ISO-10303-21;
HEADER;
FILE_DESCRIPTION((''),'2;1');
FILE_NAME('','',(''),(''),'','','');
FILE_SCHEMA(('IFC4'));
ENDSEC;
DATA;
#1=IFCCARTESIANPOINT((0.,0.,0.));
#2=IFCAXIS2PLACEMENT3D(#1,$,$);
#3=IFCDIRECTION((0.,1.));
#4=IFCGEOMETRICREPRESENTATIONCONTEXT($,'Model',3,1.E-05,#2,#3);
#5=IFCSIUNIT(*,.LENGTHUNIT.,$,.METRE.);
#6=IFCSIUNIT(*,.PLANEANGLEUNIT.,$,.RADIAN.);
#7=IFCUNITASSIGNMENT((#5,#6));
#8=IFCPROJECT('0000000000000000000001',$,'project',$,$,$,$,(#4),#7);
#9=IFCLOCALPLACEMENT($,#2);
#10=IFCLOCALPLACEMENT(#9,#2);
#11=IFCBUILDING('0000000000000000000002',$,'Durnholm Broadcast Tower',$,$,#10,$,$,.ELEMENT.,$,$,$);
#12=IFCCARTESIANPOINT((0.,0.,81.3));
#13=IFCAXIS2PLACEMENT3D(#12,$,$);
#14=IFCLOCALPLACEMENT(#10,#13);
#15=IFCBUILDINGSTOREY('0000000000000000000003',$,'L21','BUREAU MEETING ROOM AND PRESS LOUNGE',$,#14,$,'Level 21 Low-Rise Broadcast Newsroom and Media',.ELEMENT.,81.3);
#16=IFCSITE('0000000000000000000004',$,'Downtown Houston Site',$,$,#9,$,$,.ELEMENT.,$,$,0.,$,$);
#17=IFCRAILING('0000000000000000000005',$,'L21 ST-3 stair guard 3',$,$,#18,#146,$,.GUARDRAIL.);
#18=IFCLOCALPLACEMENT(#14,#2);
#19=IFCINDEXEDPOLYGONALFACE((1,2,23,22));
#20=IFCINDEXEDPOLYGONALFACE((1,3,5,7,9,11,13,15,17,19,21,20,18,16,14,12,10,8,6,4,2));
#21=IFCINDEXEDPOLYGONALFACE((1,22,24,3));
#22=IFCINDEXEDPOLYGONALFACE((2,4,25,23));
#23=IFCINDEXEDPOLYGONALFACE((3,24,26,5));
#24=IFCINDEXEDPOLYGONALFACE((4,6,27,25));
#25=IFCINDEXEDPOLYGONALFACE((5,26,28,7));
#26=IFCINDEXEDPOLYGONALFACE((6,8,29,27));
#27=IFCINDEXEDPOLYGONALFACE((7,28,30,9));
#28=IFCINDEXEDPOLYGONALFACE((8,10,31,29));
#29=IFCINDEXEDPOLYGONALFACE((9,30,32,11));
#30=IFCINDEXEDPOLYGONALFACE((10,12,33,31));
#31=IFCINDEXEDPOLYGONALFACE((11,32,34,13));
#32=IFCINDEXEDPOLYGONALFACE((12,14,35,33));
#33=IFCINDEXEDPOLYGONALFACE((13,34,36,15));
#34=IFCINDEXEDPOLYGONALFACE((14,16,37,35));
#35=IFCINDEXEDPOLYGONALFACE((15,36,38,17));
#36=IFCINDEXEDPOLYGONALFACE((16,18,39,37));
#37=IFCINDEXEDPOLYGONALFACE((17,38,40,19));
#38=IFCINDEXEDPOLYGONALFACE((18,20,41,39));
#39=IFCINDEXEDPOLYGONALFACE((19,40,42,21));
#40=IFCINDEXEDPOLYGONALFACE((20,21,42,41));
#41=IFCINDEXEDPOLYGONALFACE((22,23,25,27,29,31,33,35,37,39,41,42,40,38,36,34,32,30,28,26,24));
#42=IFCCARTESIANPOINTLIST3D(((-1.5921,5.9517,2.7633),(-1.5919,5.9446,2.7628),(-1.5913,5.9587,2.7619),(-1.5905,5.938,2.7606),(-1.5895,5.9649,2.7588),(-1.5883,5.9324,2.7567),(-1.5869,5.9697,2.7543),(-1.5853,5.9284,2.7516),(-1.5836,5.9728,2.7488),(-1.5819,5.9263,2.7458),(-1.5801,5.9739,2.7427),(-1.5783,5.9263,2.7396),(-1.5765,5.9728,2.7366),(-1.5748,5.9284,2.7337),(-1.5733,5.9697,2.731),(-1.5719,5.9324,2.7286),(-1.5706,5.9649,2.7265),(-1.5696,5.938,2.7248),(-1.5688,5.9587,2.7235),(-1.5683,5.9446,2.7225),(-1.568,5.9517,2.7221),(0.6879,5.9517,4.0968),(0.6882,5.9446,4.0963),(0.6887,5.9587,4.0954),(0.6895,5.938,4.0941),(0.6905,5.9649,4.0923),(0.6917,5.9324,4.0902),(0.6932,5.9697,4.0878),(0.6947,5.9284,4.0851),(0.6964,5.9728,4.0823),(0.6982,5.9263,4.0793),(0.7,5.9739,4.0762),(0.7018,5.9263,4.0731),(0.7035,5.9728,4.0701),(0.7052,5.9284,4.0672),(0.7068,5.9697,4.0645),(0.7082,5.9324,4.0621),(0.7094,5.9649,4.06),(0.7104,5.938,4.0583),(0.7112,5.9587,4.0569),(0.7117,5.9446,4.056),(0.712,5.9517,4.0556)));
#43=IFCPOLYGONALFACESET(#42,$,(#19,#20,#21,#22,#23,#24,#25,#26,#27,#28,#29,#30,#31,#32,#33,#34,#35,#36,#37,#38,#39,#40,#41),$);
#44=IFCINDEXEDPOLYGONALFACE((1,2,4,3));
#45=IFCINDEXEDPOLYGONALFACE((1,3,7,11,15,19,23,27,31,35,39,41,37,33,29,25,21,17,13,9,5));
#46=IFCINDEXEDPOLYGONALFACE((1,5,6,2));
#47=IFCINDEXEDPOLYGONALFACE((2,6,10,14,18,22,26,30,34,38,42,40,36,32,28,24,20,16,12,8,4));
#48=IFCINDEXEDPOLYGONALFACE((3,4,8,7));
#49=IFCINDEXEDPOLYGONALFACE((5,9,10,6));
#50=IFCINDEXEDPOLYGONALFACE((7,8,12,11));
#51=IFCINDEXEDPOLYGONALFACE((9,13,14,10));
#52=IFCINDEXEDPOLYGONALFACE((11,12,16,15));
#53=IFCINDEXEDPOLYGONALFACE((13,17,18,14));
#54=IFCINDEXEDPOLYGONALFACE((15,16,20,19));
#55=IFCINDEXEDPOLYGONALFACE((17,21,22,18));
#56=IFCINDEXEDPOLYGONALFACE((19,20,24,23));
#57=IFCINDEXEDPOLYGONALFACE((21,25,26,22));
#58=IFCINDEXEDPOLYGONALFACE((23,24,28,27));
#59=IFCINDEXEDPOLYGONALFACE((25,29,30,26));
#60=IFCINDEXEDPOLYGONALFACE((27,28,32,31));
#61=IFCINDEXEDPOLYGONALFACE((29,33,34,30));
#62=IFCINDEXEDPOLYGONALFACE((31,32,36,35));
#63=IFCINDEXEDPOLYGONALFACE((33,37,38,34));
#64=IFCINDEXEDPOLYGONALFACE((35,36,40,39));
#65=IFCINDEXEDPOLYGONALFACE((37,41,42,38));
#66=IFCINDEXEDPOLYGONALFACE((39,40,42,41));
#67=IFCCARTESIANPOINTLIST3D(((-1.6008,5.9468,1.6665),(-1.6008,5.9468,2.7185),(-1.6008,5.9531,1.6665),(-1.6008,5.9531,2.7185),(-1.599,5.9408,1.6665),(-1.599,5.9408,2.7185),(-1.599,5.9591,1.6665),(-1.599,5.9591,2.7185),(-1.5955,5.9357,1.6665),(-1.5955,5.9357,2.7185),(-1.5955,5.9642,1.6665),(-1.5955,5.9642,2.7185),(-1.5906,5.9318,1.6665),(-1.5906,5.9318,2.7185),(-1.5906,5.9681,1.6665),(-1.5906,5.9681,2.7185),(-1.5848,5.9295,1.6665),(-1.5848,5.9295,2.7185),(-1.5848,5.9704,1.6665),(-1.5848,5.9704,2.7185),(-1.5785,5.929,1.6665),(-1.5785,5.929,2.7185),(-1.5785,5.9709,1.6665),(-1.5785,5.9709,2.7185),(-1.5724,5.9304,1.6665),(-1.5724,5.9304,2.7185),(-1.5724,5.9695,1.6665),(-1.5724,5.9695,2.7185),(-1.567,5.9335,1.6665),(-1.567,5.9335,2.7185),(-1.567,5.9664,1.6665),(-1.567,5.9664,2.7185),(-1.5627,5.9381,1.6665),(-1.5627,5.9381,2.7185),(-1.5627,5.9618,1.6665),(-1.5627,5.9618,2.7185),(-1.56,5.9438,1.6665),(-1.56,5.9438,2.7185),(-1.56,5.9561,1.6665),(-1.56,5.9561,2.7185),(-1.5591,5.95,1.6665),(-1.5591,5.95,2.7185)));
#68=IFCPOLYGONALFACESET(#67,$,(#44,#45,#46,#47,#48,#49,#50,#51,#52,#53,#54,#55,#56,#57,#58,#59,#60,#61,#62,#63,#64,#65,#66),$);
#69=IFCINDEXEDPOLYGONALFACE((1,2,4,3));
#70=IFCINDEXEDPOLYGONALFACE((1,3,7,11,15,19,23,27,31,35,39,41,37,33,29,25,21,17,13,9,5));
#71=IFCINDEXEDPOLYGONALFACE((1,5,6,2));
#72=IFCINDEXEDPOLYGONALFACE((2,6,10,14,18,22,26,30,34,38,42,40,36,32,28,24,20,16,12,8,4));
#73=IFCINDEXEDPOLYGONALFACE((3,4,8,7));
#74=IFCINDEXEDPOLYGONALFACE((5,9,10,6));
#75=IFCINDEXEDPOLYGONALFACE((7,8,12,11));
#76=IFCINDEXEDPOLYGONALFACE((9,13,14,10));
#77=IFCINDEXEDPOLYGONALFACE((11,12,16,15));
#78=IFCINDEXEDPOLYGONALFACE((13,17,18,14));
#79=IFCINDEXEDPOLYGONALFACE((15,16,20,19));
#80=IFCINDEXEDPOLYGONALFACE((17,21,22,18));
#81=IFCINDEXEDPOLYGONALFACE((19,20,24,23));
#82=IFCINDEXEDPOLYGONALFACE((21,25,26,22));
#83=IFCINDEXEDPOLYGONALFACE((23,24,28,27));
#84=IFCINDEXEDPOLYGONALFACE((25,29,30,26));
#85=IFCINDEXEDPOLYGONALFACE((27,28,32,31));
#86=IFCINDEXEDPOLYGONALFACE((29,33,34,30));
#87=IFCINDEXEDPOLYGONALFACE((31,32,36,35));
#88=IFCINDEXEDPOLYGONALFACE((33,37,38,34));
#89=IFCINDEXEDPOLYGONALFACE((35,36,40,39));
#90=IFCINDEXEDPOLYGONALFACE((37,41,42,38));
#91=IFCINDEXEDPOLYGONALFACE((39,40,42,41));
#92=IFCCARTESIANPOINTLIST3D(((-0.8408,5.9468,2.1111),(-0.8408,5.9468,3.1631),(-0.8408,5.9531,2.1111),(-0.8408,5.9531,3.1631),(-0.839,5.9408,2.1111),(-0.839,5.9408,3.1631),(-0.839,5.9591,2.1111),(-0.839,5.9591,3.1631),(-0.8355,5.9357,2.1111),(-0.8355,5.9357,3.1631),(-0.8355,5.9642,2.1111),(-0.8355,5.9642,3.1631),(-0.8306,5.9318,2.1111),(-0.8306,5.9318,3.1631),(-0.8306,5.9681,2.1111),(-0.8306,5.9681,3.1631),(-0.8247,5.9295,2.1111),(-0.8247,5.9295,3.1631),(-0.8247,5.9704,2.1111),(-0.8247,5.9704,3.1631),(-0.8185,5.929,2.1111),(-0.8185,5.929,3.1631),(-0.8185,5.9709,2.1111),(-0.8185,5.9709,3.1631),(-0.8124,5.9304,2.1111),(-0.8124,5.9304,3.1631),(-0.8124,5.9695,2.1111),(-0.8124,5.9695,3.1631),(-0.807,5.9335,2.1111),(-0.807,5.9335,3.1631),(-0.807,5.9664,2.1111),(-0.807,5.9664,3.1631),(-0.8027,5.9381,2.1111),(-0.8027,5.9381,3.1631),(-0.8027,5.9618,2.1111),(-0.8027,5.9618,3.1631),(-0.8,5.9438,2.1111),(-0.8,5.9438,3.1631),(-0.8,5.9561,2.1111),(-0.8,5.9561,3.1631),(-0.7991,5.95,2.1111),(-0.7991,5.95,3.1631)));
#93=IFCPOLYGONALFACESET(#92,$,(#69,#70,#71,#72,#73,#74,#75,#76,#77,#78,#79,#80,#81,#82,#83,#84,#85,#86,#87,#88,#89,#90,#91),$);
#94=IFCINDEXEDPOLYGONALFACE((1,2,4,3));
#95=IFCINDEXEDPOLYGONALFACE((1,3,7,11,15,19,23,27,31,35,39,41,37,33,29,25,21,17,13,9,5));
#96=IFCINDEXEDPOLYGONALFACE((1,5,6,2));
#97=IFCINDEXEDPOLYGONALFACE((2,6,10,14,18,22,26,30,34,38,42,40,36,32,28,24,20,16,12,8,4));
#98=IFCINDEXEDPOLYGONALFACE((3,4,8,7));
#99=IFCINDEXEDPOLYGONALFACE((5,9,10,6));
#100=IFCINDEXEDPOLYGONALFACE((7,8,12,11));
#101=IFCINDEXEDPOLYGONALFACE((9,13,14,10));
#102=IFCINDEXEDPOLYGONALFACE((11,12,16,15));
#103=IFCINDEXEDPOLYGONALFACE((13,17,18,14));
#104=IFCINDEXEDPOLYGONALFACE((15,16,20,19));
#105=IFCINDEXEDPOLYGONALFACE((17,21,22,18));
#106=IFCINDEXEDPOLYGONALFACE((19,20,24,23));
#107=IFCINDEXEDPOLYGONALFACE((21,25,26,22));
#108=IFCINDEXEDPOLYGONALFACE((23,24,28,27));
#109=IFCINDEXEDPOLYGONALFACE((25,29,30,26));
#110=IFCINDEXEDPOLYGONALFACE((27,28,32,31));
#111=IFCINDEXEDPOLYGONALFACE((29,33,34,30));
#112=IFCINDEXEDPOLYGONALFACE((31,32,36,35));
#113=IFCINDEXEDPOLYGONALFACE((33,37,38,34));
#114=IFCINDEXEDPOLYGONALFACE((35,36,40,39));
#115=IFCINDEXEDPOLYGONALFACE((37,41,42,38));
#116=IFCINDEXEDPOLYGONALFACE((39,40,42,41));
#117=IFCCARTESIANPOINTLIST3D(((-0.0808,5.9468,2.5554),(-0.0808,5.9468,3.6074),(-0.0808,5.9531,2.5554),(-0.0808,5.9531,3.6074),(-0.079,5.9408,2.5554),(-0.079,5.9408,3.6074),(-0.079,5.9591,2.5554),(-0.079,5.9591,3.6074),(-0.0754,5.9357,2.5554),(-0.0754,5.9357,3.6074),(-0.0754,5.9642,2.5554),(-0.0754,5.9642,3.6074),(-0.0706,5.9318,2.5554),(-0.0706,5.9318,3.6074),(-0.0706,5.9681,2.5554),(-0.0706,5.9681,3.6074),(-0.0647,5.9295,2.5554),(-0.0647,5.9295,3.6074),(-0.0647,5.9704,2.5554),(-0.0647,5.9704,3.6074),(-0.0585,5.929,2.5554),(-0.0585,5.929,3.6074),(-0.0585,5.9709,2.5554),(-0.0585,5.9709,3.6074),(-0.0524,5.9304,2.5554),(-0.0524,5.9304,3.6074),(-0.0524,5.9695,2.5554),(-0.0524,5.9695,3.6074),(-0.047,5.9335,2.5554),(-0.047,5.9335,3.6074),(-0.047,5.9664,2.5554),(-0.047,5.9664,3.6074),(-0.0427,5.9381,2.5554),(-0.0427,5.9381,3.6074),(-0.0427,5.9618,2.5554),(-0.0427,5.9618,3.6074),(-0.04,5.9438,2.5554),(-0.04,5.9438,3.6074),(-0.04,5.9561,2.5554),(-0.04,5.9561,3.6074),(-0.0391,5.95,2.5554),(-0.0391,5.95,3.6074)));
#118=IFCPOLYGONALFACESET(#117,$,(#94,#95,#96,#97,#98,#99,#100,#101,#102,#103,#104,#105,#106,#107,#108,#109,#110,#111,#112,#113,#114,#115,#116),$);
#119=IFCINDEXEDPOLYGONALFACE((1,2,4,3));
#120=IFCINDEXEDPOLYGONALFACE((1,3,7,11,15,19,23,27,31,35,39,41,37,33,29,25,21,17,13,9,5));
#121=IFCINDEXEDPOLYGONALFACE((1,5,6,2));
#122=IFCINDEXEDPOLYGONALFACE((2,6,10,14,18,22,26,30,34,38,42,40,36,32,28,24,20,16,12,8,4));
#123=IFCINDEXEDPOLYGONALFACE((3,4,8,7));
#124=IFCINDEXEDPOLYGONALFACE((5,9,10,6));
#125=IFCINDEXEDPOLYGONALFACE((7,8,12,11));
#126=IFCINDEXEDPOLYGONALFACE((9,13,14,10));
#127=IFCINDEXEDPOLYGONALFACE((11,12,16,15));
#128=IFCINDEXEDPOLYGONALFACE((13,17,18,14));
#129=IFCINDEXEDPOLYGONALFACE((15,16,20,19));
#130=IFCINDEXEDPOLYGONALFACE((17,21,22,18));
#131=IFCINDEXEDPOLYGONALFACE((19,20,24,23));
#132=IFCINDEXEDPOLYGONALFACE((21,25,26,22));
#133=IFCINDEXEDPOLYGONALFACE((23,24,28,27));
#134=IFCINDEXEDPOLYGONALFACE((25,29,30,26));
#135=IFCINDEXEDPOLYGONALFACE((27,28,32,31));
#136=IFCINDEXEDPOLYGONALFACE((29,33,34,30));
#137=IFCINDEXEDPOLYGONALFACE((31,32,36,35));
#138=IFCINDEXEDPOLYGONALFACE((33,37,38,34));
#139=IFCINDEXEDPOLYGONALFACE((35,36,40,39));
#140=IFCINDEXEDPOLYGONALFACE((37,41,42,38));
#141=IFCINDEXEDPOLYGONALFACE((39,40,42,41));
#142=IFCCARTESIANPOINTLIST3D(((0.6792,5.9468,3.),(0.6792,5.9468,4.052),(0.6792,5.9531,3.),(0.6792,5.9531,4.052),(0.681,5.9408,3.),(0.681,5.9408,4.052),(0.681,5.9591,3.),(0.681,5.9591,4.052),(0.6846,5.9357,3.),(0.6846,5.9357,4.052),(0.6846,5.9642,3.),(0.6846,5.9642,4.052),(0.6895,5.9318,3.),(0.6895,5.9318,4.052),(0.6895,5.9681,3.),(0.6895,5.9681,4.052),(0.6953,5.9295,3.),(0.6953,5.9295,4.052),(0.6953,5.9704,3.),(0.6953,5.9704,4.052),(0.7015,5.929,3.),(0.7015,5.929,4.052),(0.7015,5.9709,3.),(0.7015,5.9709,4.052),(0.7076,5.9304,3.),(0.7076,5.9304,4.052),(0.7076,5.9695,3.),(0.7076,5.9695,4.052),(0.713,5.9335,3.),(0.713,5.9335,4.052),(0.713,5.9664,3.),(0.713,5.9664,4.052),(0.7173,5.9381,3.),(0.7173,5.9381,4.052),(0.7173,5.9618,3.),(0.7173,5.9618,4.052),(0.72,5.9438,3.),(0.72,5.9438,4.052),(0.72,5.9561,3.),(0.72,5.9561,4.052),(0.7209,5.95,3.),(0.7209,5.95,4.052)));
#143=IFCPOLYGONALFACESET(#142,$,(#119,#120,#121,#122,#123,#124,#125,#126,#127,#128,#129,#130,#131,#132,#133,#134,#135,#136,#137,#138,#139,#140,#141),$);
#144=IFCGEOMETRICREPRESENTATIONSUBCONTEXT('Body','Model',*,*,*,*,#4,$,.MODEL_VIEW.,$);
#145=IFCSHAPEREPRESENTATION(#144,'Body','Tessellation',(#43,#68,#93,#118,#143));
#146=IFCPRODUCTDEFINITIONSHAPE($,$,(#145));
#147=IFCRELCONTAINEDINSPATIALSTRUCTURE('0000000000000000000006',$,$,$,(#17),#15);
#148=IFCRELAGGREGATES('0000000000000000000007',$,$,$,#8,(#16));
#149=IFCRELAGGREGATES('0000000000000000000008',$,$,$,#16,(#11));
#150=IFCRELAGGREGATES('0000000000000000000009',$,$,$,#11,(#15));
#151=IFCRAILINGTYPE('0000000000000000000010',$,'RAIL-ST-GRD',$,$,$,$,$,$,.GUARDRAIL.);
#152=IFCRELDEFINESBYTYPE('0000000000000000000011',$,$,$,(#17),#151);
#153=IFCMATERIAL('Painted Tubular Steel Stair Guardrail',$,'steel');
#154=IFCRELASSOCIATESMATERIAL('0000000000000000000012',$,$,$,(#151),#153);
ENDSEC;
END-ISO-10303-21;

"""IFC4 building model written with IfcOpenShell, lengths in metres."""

from ifc_helpers import new_model, si_unit, direction, frame, origin, origin_2d, place, context, subcontext, project, spatial, circle, extrude, material, type_object, element, save


model = new_model("IFC4")

# Units and contexts
model_context = context("Model", 3, precision=1e-05, world=origin(), true_north=direction((0.0, 1.0)))
body_context = subcontext(model_context, "Body", "Model", "MODEL_VIEW")
ifc_project = project(units=[si_unit("LENGTHUNIT", "METRE"), si_unit("PLANEANGLEUNIT", "RADIAN")], contexts=[model_context])

# Site, building, storey
site_placement = place(None, origin())
site = spatial("IfcSite", under=ifc_project, at=site_placement, Name="Downtown Houston Site", CompositionType="ELEMENT", RefElevation=0.0)
building_placement = place(site_placement, origin())
building = spatial("IfcBuilding", under=site, at=building_placement, Name="Durnholm Broadcast Tower", CompositionType="ELEMENT")
storey_placement = place(building_placement, frame((0.0, 0.0, 81.3)))
storey = spatial("IfcBuildingStorey", under=building, at=storey_placement, Name="L21", Description="BUREAU MEETING ROOM AND PRESS LOUNGE", LongName="Level 21 Low-Rise Broadcast Newsroom and Media", CompositionType="ELEMENT", Elevation=81.3)

# Railing
ifc_material_1 = material(Name="Painted Tubular Steel Stair Guardrail", Category="steel")
railing_type_1 = type_object("IfcRailingType", Name="RAIL-ST-GRD", PredefinedType="GUARDRAIL", material=ifc_material_1)
railing_1_placement = place(storey_placement, frame((-1.5801, 5.95, 1.6665)))
element("IfcRailing", 1, at=railing_1_placement, inside=storey, type_object=railing_type_1, Name="L21 ST-3 stair guard 3", PredefinedType="GUARDRAIL", context=body_context, shape_type="SweptSolid", body=[
    extrude(circle(Radius=0.0239, at=origin_2d()), frame((0.0, 0.0, 1.0762), z_axis=(0.863205, 0.0, 0.504853), x_axis=(0.0, 1.0, 0.0)), (0.0, 0.0, 1.0), 2.6414),
    extrude(circle(Radius=0.021, at=origin_2d()), origin(), (0.0, 0.0, 1.0), 1.052),
    extrude(circle(Radius=0.021, at=origin_2d()), frame((0.76, 0.0, 0.4446)), (0.0, 0.0, 1.0), 1.052),
    extrude(circle(Radius=0.021, at=origin_2d()), frame((1.52, 0.0, 0.8889)), (0.0, 0.0, 1.0), 1.052),
    extrude(circle(Radius=0.021, at=origin_2d()), frame((2.28, 0.0, 1.3335)), (0.0, 0.0, 1.0), 1.052),
])

save(model, "model.ifc")
